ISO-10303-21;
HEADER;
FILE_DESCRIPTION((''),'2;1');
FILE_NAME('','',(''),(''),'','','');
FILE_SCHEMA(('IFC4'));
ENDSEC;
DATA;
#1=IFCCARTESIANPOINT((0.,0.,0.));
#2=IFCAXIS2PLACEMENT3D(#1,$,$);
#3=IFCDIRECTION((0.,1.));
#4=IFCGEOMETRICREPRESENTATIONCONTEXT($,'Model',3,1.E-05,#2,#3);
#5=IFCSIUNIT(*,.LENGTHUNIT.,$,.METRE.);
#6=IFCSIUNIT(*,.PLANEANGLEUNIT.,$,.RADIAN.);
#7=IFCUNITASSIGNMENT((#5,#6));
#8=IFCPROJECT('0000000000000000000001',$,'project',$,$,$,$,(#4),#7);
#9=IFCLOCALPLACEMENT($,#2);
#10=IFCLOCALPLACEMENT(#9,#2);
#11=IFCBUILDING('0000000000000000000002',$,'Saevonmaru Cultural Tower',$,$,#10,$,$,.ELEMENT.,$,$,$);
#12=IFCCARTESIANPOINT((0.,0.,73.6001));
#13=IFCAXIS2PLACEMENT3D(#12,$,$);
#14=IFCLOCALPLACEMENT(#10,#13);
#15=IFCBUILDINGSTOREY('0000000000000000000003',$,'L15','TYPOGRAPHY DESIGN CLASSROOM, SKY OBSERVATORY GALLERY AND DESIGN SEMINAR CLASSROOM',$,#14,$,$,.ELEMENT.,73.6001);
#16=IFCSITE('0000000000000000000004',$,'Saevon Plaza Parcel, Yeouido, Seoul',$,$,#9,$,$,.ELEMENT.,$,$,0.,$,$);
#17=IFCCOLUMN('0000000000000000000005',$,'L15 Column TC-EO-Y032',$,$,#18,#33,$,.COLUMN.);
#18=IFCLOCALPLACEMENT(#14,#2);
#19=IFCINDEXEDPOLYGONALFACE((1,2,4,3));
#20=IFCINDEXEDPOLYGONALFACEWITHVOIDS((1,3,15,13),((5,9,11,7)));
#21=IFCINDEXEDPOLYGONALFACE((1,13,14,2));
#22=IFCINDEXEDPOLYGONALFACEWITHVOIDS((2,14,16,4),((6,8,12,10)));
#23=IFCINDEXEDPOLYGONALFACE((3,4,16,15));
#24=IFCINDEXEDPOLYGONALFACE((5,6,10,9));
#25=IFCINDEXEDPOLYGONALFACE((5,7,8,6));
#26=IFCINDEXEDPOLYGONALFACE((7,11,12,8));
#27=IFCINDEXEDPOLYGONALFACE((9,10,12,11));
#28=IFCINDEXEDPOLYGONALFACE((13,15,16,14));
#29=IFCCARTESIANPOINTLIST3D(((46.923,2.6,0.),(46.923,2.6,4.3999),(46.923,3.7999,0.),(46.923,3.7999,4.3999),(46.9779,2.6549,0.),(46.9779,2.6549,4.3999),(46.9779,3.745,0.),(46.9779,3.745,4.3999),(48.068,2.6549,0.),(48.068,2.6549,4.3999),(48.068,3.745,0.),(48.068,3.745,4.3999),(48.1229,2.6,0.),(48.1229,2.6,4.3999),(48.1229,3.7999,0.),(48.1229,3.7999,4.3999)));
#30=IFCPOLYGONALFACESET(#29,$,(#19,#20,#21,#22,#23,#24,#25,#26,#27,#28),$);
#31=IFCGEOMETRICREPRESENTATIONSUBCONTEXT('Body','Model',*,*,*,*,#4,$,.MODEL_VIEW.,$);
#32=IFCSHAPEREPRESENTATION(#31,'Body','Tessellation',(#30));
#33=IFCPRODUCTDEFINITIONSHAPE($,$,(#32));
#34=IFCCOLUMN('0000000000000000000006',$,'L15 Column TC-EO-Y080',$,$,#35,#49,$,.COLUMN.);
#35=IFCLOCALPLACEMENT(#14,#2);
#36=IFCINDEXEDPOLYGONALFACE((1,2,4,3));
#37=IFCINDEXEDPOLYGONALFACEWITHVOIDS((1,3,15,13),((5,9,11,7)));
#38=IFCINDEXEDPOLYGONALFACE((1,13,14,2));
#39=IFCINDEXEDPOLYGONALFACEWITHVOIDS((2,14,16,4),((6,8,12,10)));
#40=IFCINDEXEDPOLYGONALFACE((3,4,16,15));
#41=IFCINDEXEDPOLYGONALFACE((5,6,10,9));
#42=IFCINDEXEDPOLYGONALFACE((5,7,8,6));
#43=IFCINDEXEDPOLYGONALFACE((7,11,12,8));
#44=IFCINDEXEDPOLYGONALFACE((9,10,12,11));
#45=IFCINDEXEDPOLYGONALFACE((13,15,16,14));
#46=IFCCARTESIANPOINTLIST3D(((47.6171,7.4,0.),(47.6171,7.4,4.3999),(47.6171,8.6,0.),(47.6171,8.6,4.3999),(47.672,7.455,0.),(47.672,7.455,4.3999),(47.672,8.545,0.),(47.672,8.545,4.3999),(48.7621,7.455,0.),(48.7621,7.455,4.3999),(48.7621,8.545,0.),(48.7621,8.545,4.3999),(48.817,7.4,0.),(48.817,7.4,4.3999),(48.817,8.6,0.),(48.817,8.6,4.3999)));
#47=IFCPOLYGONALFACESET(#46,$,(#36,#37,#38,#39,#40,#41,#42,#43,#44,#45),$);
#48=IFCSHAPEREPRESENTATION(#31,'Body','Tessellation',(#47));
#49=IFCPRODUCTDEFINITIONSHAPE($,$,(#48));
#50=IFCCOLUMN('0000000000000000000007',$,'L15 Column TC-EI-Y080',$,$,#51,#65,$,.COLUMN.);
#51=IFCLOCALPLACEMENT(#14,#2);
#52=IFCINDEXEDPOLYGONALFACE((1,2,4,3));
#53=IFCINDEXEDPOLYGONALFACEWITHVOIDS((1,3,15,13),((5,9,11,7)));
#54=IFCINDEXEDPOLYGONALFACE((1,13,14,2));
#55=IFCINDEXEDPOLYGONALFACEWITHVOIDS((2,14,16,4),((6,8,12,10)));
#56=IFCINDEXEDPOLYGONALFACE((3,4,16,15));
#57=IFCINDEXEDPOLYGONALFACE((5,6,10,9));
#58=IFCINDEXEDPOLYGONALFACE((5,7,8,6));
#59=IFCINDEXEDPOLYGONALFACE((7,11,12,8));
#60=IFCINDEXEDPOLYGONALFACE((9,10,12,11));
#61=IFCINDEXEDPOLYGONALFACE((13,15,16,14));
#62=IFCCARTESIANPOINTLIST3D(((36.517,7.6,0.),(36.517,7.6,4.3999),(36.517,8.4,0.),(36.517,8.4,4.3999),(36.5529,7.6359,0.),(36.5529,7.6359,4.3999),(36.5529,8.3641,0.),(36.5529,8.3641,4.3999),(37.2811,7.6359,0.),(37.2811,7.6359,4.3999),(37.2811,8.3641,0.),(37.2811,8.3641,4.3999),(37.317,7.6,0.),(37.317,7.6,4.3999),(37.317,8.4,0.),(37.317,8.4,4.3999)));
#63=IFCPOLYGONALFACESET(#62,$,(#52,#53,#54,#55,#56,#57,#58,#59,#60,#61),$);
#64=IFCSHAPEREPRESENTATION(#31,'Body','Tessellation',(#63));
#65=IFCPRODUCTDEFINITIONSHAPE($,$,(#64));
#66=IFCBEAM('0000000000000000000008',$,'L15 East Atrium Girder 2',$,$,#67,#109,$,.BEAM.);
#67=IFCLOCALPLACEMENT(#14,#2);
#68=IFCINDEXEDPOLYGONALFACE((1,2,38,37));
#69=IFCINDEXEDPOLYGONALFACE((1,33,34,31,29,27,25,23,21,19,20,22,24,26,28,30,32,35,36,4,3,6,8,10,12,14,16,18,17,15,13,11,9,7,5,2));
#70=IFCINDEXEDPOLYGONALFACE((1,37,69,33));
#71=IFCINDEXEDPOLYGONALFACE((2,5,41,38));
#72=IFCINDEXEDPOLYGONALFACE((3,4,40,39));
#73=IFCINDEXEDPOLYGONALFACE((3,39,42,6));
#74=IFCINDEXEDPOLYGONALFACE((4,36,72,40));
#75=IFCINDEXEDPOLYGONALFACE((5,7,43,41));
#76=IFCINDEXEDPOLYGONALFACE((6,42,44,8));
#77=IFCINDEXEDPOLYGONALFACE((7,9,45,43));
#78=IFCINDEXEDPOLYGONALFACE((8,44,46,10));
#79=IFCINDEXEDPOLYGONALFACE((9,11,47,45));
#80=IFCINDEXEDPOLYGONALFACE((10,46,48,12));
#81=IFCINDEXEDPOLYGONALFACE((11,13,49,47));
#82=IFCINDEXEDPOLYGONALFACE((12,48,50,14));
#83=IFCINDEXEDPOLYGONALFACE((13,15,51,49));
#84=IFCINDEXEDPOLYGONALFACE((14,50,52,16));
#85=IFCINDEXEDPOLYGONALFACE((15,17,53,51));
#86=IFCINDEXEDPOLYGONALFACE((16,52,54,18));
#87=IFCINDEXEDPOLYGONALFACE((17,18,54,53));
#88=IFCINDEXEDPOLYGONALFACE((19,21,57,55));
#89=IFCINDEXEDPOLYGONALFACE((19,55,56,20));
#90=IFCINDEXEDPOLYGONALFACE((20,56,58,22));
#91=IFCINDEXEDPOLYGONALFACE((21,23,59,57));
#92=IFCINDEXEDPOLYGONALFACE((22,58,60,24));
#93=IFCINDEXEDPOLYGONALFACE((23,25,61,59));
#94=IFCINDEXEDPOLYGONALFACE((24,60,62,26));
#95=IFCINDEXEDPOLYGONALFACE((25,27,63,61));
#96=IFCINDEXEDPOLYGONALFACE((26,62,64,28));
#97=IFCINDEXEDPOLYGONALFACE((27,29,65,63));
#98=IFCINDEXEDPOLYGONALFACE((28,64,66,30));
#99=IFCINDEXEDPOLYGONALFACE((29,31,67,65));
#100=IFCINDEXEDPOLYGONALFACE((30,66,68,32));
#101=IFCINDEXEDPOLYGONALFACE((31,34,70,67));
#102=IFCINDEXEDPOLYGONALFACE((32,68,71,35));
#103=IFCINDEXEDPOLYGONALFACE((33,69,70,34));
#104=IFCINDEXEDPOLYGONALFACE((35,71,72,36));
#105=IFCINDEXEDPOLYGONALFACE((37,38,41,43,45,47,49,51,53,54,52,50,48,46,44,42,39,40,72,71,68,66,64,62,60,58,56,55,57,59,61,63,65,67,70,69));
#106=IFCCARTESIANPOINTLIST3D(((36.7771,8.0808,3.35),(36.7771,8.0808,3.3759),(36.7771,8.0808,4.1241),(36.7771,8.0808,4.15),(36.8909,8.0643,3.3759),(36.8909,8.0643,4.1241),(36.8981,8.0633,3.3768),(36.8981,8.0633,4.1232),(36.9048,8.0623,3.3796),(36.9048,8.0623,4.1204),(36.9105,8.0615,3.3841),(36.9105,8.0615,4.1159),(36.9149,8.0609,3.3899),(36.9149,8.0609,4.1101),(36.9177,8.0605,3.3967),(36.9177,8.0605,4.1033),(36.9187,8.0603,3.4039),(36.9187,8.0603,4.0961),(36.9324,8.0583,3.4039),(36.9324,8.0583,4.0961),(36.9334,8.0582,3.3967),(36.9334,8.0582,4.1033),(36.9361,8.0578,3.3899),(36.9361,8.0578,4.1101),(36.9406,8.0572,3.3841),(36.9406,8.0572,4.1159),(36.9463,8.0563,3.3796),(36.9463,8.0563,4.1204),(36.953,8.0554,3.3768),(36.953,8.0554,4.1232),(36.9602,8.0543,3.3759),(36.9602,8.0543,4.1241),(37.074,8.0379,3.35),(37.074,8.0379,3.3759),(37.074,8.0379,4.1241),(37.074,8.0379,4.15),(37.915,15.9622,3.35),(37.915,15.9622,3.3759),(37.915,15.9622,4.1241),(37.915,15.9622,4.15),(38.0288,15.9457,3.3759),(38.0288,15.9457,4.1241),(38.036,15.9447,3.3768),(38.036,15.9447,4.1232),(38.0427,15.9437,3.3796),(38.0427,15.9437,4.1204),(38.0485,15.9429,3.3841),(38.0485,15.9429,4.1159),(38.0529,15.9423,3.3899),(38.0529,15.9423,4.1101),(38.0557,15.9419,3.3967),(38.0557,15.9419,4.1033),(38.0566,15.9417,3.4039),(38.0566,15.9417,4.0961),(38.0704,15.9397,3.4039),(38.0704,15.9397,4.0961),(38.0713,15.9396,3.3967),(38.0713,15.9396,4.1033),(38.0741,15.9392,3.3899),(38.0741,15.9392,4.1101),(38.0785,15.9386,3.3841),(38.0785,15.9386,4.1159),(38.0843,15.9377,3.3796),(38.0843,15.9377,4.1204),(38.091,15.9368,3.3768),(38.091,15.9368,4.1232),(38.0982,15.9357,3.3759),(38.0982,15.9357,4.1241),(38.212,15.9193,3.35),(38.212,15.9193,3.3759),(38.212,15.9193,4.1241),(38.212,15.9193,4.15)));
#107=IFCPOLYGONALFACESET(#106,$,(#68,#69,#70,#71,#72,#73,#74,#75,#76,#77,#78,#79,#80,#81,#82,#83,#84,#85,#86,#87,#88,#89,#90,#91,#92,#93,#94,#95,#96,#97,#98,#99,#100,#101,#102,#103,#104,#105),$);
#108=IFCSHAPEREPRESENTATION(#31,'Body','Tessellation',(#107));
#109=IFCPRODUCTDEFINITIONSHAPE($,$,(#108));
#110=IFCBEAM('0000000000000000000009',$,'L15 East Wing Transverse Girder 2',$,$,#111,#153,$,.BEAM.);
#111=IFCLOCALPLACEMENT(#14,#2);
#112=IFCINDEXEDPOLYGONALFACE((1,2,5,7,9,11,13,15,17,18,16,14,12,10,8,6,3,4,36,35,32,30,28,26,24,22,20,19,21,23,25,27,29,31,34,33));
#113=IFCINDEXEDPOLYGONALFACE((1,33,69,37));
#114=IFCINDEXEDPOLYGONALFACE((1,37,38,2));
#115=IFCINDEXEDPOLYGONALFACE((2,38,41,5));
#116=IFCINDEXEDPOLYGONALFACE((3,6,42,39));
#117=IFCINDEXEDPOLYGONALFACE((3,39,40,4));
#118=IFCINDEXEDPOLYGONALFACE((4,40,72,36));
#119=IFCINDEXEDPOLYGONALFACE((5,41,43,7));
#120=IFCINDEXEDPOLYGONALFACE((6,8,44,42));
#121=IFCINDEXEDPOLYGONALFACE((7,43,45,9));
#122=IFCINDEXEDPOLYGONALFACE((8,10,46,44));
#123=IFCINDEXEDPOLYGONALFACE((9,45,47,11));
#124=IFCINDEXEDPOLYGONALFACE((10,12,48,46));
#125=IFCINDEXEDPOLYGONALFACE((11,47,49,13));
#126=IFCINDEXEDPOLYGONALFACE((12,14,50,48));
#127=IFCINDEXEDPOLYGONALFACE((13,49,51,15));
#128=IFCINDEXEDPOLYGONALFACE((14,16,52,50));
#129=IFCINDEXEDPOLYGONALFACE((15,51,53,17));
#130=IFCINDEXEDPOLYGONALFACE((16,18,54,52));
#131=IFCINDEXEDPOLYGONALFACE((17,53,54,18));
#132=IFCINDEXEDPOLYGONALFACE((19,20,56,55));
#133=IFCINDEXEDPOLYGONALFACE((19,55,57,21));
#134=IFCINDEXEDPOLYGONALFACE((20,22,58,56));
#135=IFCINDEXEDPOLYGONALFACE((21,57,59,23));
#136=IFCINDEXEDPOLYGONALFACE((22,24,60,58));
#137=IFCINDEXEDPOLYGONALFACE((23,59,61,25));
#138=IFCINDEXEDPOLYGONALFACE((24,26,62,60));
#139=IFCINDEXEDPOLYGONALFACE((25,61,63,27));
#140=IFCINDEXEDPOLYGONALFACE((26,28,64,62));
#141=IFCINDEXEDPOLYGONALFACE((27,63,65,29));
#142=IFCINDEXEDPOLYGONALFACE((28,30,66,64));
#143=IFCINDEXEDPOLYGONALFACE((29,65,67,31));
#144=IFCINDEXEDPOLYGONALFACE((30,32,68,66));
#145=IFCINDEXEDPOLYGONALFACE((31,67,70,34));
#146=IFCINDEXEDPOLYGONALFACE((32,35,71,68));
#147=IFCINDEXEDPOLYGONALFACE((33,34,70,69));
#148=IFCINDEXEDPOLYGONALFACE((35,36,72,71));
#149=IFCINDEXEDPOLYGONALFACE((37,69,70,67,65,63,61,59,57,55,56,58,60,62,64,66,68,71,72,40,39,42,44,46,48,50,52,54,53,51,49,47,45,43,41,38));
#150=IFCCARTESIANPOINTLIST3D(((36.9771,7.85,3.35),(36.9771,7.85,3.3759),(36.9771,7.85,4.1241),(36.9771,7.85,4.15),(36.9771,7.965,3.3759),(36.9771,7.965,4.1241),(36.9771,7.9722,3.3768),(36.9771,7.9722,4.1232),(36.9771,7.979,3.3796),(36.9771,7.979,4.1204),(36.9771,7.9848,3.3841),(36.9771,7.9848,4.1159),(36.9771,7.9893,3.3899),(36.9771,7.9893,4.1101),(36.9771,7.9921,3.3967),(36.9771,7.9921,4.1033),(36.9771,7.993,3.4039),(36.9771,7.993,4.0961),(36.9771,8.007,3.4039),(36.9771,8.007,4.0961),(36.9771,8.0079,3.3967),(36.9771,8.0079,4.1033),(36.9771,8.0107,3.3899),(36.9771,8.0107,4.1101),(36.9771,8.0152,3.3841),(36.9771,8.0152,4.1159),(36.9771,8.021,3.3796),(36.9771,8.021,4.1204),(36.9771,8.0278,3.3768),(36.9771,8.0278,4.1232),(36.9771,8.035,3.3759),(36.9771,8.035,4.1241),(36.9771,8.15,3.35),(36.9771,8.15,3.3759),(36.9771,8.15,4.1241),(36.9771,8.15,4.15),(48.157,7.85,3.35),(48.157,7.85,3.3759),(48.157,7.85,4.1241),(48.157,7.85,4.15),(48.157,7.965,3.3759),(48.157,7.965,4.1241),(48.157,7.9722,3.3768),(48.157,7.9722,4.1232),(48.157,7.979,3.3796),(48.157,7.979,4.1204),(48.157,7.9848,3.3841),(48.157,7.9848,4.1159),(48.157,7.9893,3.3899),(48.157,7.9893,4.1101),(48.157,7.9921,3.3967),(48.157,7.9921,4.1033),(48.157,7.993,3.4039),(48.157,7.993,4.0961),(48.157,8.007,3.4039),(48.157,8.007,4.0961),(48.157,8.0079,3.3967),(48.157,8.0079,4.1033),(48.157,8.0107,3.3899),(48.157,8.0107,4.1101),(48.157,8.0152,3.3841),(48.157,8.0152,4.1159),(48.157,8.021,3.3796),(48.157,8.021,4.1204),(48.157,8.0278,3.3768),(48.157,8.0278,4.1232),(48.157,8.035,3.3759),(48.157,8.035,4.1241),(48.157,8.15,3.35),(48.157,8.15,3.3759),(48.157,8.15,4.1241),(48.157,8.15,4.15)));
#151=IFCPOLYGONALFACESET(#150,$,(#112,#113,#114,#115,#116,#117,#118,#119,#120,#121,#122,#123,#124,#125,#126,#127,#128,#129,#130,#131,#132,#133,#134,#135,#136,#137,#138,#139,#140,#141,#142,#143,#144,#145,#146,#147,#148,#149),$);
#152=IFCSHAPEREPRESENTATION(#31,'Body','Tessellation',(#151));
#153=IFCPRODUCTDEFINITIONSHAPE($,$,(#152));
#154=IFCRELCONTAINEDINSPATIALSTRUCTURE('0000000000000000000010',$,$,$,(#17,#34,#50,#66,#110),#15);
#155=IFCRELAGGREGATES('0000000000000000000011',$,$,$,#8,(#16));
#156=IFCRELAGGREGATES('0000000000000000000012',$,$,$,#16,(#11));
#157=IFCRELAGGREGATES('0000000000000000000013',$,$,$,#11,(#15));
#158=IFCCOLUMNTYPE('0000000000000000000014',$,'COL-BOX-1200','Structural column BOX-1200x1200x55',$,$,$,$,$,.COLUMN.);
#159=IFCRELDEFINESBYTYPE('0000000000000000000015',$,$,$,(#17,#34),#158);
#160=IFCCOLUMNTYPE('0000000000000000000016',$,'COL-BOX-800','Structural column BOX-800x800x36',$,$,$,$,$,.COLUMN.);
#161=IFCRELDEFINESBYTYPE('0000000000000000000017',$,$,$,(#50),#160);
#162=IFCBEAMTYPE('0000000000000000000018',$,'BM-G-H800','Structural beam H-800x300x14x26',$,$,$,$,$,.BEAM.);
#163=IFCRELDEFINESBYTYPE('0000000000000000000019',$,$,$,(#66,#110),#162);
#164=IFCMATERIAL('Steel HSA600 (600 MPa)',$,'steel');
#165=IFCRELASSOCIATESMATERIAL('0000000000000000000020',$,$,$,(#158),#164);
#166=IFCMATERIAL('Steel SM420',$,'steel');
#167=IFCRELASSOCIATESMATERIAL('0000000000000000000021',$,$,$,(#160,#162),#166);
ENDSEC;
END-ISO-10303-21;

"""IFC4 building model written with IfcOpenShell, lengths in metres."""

from ifc_helpers import new_model, si_unit, direction, frame, origin, origin_2d, place, context, subcontext, project, spatial, hollow_rectangle, i_section, extrude, material, material_profile, profile_set, type_object, element, save


model = new_model("IFC4")

# Units and contexts
model_context = context("Model", 3, precision=1e-05, world=origin(), true_north=direction((0.0, 1.0)))
body_context = subcontext(model_context, "Body", "Model", "MODEL_VIEW")
ifc_project = project(units=[si_unit("LENGTHUNIT", "METRE"), si_unit("PLANEANGLEUNIT", "RADIAN")], contexts=[model_context])

# Site, building, storey
site_placement = place(None, origin())
site = spatial("IfcSite", under=ifc_project, at=site_placement, Name="Saevon Plaza Parcel, Yeouido, Seoul", CompositionType="ELEMENT", RefElevation=0.0)
building_placement = place(site_placement, origin())
building = spatial("IfcBuilding", under=site, at=building_placement, Name="Saevonmaru Cultural Tower", CompositionType="ELEMENT")
storey_placement = place(building_placement, frame((0.0, 0.0, 73.6001)))
storey = spatial("IfcBuildingStorey", under=building, at=storey_placement, Name="L15", Description="TYPOGRAPHY DESIGN CLASSROOM, SKY OBSERVATORY GALLERY AND DESIGN SEMINAR CLASSROOM", CompositionType="ELEMENT", Elevation=73.6001)

# Columns
ifc_material_1 = material(Name="Steel HSA600 (600 MPa)", Category="steel")
ifc_material_profile_1 = material_profile(ifc_material_1, hollow_rectangle(XDim=1.2, YDim=1.2, WallThickness=0.0549, at=origin_2d()), Name="BOX-1200x1200x55")
ifc_profile_set_1 = profile_set([ifc_material_profile_1], Name="Steel HSA600 (600 MPa)")
column_type_1 = type_object("IfcColumnType", Name="COL-BOX-1200", Description="Structural column BOX-1200x1200x55", PredefinedType="COLUMN", material=ifc_profile_set_1)
for number, where, z_axis, x_axis, name in (
    (1, (47.5229, 3.2, 0.0), (0.0, 0.0, 1.0), (1.0, 0.0, 0.0), "L15 Column TC-EO-Y032"),
    (2, (48.217, 8.0, 0.0), (0.0, 0.0, 1.0), (1.0, 0.0, 0.0), "L15 Column TC-EO-Y080"),
):
    element("IfcColumn", number, at=place(storey_placement, frame(where, z_axis=z_axis, x_axis=x_axis)), inside=storey, type_object=column_type_1, Name=name, PredefinedType="COLUMN", context=body_context, shape_type="SweptSolid", body=[
        extrude(hollow_rectangle(XDim=1.2, YDim=1.2, WallThickness=0.0549, at=origin_2d()), origin(), (0.0, 0.0, 1.0), 4.3999),
    ])
ifc_material_2 = material(Name="Steel SM420", Category="steel")
ifc_material_profile_2 = material_profile(ifc_material_2, hollow_rectangle(XDim=0.8, YDim=0.8, WallThickness=0.0359, at=origin_2d()), Name="BOX-800x800x36")
ifc_profile_set_2 = profile_set([ifc_material_profile_2], Name="Steel SM420")
column_type_2 = type_object("IfcColumnType", Name="COL-BOX-800", Description="Structural column BOX-800x800x36", PredefinedType="COLUMN", material=ifc_profile_set_2)
column_placement = place(storey_placement, frame((36.917, 8.0, 0.0), z_axis=(0.0, 0.0, 1.0), x_axis=(1.0, 0.0, 0.0)))
element("IfcColumn", 3, at=column_placement, inside=storey, type_object=column_type_2, Name="L15 Column TC-EI-Y080", PredefinedType="COLUMN", context=body_context, shape_type="SweptSolid", body=[
    extrude(hollow_rectangle(XDim=0.8, YDim=0.8, WallThickness=0.0359, at=origin_2d()), origin(), (0.0, 0.0, 1.0), 4.3999),
])

# Beams
ifc_material_profile_3 = material_profile(ifc_material_2, i_section(OverallWidth=0.3, OverallDepth=0.8, WebThickness=0.0139, FlangeThickness=0.0259, FilletRadius=0.0281, at=origin_2d()), Name="H-800x300x14x26")
ifc_profile_set_3 = profile_set([ifc_material_profile_3], Name="Steel SM420")
beam_type_1 = type_object("IfcBeamType", Name="BM-G-H800", Description="Structural beam H-800x300x14x26", PredefinedType="BEAM", material=ifc_profile_set_3)
beam_1_placement = place(storey_placement, frame((36.9255, 8.0593, 3.75), z_axis=(0.142902, 0.989737, 0.0), x_axis=(-0.989737, 0.142902, 0.0)))
element("IfcBeam", 4, at=beam_1_placement, inside=storey, type_object=beam_type_1, Name="L15 East Atrium Girder 2", PredefinedType="BEAM", context=body_context, shape_type="SweptSolid", body=[
    extrude(i_section(OverallWidth=0.3, OverallDepth=0.8, WebThickness=0.0139, FlangeThickness=0.0259, FilletRadius=0.0281, at=origin_2d()), origin(), (0.0, 0.0, 1.0), 7.9631),
])
beam_2_placement = place(storey_placement, frame((36.9771, 8.0, 3.75), z_axis=(1.0, 0.0, 0.0), x_axis=(0.0, 1.0, 0.0)))
element("IfcBeam", 5, at=beam_2_placement, inside=storey, type_object=beam_type_1, Name="L15 East Wing Transverse Girder 2", PredefinedType="BEAM", context=body_context, shape_type="SweptSolid", body=[
    extrude(i_section(OverallWidth=0.3, OverallDepth=0.8, WebThickness=0.0139, FlangeThickness=0.0259, FilletRadius=0.0281, at=origin_2d()), origin(), (0.0, 0.0, 1.0), 11.1799),
])

save(model, "model.ifc")
